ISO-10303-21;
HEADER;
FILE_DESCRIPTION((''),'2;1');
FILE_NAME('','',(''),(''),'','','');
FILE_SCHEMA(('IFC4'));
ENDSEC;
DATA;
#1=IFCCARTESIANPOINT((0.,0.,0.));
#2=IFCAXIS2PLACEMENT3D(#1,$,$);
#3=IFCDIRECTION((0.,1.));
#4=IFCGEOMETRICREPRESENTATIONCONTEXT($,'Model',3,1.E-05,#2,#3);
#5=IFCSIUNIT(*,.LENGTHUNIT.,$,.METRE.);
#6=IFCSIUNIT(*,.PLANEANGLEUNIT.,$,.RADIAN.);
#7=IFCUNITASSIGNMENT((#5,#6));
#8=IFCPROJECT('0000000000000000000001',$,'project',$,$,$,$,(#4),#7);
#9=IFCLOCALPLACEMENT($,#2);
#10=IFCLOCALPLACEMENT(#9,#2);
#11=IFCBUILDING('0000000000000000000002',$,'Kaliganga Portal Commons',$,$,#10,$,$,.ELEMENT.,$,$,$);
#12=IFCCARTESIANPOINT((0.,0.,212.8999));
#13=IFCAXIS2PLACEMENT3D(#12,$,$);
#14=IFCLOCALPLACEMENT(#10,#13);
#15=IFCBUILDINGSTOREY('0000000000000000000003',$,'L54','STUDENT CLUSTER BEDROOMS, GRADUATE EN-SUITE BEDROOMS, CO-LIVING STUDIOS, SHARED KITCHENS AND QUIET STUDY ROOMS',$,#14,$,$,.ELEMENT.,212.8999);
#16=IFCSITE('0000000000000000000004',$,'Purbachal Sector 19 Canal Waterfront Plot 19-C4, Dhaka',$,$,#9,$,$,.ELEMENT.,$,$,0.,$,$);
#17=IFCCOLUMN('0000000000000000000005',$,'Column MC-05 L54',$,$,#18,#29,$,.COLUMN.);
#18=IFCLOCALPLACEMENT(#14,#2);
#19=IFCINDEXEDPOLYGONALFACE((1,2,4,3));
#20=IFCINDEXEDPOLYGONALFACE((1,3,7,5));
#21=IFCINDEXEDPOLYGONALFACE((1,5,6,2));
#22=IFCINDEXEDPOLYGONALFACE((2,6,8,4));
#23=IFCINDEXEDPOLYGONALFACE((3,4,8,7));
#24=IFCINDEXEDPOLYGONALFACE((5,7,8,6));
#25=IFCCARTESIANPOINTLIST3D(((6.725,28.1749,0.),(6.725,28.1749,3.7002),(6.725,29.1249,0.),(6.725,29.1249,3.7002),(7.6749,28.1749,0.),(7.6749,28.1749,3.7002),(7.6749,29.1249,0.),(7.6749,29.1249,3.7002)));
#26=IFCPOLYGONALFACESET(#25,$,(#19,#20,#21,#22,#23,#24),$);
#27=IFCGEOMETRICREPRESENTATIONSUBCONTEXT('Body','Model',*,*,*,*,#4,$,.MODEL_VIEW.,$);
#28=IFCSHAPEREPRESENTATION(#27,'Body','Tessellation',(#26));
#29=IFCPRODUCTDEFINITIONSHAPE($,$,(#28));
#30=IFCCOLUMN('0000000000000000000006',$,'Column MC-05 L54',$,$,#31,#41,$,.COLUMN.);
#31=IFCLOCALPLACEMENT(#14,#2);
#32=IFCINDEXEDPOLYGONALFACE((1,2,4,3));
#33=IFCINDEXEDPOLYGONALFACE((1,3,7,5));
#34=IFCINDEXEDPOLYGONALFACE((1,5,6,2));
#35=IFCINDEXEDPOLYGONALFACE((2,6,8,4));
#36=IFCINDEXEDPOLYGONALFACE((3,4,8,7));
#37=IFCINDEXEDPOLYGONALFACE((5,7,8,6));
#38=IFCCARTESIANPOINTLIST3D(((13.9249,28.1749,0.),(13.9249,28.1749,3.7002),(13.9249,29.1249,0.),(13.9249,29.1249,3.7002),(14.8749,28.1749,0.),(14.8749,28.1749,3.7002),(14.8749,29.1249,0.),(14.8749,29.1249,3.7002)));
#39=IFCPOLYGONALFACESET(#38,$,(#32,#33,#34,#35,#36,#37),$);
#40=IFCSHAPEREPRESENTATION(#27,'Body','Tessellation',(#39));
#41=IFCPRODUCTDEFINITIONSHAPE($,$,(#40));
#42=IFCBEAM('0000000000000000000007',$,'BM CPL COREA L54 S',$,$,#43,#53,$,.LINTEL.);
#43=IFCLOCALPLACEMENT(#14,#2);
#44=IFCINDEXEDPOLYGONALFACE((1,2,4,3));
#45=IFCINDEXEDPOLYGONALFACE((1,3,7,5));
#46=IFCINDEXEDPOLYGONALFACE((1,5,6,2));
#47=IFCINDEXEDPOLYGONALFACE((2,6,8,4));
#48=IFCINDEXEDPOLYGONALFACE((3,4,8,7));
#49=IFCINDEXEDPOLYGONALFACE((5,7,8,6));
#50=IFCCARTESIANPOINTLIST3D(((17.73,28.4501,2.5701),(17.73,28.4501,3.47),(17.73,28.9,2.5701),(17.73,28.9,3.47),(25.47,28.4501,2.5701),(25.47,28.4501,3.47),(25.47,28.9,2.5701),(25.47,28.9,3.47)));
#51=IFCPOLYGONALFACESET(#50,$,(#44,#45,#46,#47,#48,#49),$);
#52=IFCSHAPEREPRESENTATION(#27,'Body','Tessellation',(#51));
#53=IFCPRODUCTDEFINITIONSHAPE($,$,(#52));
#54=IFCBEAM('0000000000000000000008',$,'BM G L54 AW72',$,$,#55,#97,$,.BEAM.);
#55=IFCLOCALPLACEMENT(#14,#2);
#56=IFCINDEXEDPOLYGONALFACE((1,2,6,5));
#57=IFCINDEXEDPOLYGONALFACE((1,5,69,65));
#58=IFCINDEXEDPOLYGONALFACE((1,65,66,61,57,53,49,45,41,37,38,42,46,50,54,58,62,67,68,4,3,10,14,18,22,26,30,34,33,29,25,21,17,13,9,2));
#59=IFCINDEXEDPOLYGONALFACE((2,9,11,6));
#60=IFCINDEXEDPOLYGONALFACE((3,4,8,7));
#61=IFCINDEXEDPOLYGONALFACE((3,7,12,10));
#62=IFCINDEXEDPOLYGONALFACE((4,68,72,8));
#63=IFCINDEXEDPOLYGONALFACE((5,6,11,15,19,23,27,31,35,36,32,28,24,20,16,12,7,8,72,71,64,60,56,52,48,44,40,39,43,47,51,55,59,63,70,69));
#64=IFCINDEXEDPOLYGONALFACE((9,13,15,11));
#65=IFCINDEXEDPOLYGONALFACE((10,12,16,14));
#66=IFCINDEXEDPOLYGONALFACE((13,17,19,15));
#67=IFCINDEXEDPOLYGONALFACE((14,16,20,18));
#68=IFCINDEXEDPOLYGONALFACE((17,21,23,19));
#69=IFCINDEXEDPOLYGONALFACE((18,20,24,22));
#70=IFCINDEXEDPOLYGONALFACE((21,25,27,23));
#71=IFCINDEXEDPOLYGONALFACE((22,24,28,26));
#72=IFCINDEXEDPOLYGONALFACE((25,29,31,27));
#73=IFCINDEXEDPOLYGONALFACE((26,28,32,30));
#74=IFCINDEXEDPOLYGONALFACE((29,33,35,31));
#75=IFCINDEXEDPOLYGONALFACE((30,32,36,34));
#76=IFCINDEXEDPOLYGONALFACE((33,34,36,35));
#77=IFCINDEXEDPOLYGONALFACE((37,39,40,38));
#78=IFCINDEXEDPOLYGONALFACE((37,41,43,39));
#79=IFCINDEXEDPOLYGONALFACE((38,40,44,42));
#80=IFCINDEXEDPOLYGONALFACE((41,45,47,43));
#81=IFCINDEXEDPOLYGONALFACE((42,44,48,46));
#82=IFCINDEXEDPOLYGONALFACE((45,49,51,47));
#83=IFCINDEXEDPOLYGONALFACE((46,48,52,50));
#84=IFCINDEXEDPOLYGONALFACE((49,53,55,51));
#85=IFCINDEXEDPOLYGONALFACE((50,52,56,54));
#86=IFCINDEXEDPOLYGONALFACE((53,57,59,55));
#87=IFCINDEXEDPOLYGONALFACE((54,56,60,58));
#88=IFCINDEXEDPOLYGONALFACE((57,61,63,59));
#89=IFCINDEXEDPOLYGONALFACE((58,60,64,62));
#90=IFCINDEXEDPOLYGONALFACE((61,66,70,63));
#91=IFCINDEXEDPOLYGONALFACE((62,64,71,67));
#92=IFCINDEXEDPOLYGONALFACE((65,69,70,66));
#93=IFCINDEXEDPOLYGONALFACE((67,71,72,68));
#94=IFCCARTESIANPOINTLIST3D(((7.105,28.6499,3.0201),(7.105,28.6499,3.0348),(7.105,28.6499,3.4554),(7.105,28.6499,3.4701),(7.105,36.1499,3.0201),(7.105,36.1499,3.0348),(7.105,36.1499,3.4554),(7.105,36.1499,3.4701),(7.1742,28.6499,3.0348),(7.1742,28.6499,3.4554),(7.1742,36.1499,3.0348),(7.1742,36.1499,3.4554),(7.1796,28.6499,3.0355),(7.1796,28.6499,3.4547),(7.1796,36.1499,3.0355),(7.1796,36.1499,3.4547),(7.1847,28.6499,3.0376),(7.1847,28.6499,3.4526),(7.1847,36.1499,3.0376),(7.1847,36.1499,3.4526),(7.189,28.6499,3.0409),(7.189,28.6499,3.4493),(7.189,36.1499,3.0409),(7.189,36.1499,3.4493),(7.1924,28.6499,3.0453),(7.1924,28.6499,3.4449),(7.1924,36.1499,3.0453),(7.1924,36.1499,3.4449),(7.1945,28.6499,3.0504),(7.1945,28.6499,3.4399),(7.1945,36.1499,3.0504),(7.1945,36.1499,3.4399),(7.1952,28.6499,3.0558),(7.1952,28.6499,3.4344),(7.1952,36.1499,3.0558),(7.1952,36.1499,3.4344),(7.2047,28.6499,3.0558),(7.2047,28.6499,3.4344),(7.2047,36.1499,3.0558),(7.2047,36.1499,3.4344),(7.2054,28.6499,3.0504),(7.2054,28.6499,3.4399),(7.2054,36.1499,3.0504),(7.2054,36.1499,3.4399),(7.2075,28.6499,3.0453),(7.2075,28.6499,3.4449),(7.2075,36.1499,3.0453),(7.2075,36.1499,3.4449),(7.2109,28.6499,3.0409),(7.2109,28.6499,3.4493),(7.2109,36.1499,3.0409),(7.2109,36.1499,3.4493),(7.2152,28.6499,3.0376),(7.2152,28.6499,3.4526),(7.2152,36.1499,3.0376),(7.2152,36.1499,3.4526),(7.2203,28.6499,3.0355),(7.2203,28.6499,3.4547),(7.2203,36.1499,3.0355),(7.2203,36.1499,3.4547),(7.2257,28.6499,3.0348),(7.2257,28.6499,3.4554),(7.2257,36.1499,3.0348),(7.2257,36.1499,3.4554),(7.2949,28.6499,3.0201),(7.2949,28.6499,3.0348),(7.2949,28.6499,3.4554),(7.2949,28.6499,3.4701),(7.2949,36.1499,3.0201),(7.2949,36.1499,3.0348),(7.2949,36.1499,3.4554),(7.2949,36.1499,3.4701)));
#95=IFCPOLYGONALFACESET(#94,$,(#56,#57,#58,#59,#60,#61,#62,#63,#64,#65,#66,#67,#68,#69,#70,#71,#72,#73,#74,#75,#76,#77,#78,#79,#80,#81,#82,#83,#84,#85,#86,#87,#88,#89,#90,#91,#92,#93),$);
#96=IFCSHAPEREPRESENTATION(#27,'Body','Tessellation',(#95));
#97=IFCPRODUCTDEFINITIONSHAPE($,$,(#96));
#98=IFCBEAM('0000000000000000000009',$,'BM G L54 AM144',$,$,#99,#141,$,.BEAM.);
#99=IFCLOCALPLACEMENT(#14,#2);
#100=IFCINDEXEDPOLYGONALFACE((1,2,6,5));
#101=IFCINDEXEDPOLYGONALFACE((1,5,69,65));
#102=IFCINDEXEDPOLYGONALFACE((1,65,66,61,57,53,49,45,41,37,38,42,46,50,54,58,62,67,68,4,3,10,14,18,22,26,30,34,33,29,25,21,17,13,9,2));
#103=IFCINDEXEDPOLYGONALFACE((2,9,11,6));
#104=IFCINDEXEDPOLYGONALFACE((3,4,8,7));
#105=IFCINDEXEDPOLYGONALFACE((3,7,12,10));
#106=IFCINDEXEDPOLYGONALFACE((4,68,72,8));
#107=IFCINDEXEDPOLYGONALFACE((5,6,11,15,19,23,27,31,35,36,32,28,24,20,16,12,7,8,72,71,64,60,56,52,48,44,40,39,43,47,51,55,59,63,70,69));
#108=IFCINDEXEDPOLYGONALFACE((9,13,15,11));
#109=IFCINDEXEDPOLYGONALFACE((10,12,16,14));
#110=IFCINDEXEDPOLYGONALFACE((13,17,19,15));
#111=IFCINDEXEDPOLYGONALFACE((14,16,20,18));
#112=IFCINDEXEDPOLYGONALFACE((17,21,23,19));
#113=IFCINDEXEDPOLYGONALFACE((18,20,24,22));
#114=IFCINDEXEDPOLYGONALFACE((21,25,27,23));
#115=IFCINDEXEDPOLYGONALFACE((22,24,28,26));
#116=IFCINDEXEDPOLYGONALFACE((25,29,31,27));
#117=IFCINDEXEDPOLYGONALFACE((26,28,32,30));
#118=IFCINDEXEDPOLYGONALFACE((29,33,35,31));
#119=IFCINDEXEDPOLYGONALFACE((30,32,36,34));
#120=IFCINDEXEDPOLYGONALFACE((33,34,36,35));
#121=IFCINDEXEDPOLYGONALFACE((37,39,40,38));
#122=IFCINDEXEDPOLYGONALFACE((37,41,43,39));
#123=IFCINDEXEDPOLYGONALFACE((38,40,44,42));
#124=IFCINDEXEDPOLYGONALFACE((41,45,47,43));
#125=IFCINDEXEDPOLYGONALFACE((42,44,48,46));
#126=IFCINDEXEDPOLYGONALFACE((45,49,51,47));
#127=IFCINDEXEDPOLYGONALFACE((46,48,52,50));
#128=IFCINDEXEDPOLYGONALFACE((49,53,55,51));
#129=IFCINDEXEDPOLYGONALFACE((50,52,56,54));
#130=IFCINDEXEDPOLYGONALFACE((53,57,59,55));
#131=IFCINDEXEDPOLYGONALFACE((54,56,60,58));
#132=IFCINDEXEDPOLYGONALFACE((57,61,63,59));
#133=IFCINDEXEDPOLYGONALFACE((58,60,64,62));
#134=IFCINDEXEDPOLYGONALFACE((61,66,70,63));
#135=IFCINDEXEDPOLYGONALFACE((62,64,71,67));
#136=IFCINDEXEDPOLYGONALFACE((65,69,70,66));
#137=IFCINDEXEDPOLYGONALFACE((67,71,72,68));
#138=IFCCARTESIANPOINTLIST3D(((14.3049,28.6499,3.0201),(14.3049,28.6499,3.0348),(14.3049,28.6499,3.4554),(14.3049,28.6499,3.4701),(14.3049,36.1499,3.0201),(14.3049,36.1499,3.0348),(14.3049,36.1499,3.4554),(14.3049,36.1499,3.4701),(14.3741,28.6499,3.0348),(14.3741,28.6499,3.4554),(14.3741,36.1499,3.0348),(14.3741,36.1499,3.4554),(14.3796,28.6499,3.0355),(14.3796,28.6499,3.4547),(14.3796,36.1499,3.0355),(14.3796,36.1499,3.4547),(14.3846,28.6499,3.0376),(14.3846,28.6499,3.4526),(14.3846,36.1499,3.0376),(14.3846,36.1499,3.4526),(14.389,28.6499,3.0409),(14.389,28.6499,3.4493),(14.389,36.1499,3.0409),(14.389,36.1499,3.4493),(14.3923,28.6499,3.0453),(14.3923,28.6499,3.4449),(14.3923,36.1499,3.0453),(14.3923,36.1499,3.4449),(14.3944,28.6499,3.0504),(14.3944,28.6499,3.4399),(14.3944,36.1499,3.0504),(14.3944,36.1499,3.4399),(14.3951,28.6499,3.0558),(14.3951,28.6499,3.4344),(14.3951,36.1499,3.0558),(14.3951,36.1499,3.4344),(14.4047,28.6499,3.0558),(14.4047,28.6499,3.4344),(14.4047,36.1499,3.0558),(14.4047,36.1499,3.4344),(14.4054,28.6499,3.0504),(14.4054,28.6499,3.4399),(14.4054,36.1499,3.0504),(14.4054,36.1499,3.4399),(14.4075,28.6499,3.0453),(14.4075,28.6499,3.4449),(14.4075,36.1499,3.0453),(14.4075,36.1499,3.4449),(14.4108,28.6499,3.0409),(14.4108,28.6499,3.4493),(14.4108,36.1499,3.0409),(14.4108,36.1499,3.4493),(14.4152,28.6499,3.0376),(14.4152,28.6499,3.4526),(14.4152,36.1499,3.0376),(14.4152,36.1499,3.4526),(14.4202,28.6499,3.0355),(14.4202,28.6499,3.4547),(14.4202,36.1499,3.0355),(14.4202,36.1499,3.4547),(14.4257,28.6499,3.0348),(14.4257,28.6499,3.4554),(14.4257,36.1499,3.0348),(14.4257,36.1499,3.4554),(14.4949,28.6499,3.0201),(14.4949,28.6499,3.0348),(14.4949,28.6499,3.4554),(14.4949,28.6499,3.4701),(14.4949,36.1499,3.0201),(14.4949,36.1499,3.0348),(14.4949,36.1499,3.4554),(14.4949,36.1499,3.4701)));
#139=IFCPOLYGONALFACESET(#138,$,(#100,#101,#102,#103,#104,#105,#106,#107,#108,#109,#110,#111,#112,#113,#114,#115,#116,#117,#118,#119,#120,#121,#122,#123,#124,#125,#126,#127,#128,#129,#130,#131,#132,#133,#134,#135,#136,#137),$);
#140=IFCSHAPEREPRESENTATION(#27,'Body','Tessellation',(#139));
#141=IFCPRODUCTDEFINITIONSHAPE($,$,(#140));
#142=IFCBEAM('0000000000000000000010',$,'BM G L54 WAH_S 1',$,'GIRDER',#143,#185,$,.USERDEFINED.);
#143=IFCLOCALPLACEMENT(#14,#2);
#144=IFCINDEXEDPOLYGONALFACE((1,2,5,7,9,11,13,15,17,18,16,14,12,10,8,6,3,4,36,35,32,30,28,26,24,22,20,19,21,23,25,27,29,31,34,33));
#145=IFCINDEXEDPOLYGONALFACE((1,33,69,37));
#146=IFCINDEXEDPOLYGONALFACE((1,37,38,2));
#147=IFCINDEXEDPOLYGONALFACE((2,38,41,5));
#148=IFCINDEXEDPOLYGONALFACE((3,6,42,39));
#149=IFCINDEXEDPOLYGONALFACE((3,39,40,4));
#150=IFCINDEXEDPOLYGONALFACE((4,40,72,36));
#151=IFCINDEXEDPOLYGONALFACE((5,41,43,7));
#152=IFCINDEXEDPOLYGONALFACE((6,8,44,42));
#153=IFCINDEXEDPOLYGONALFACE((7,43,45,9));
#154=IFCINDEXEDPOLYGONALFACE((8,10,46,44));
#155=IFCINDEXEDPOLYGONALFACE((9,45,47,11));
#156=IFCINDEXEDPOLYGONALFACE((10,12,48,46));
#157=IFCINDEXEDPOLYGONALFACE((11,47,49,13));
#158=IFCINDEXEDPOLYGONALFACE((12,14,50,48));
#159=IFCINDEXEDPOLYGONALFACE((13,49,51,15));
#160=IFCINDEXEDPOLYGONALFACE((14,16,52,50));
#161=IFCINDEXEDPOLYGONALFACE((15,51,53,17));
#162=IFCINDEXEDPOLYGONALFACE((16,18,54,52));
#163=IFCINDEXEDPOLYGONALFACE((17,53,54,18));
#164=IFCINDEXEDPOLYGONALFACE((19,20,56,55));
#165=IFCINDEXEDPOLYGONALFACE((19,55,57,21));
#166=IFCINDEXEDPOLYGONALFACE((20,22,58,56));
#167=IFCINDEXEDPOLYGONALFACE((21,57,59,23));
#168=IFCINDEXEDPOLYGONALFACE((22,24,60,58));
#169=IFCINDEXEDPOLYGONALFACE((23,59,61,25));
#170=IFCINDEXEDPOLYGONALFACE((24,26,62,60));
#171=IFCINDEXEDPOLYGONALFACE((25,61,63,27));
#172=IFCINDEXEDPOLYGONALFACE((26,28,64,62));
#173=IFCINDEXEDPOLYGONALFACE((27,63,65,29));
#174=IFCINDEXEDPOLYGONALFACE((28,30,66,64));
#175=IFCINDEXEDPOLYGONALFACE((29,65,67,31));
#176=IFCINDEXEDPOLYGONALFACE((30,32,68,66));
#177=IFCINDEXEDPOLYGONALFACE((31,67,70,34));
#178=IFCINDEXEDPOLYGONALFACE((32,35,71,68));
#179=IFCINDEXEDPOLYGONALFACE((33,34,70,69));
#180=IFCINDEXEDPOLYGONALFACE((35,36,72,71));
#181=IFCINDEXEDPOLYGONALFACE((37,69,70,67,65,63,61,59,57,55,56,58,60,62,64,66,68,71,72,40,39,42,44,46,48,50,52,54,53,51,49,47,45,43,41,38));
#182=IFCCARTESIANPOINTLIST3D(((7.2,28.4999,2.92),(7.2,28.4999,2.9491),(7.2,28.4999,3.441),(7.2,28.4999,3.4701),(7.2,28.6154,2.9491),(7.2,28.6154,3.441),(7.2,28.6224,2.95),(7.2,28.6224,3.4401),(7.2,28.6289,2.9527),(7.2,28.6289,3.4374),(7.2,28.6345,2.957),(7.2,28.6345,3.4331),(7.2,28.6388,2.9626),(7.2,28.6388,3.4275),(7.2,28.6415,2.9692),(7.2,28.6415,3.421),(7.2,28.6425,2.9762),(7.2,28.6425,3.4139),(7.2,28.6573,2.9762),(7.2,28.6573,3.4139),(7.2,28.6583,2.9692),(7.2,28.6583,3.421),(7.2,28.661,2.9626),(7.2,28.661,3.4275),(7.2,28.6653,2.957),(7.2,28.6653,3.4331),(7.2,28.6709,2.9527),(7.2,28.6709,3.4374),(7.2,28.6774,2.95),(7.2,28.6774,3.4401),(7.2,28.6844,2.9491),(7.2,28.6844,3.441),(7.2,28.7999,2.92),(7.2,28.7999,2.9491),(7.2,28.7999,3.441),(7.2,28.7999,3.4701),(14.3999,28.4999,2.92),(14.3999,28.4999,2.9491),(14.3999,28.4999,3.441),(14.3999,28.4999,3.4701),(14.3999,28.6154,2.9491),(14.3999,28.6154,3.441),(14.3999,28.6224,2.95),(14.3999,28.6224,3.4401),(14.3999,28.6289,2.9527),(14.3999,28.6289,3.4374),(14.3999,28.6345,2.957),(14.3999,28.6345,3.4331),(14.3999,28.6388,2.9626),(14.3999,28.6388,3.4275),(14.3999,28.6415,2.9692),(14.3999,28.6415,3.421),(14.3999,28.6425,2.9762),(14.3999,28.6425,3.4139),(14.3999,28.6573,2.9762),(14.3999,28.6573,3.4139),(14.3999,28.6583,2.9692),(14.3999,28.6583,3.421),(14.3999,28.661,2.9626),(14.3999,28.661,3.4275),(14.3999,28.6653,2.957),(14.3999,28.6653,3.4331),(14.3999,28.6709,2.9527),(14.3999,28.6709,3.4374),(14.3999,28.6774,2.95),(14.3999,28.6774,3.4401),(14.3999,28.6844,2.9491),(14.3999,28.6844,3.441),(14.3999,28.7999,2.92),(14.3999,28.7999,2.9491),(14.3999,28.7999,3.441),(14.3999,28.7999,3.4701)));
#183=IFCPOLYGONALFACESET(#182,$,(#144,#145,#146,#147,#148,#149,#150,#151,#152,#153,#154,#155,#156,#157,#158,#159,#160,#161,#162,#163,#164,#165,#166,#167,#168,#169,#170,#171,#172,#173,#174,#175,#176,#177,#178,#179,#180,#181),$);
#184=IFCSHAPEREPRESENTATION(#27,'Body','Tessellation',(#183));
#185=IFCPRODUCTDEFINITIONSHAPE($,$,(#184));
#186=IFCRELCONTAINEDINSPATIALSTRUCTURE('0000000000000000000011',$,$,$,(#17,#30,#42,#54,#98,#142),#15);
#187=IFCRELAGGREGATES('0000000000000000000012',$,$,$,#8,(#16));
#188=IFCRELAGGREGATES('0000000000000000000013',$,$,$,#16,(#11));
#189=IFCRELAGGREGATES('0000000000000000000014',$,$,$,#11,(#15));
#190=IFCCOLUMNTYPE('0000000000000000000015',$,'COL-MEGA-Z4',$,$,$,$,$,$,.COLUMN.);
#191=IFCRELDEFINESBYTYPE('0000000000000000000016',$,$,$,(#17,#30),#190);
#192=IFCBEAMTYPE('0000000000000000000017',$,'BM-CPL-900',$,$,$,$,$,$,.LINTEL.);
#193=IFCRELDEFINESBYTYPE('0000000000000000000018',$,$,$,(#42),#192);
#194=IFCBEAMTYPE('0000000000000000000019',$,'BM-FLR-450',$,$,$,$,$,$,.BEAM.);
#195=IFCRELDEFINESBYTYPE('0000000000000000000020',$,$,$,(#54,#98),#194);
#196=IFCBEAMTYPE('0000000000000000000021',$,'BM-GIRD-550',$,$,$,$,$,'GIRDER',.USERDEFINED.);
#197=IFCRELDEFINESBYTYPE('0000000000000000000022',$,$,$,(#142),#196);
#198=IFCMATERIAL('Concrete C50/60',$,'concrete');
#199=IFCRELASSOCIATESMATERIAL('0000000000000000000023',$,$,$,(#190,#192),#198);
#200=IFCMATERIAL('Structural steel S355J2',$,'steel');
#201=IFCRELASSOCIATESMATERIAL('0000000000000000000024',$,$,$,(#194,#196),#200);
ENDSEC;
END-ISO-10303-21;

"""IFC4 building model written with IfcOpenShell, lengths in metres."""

from ifc_helpers import new_model, si_unit, direction, frame, origin, origin_2d, place, context, subcontext, project, spatial, rectangle, i_section, extrude, source, transform, mapped, material, material_profile, profile_set, type_object, element, save


model = new_model("IFC4")

# Units and contexts
model_context = context("Model", 3, precision=1e-05, world=origin(), true_north=direction((0.0, 1.0)))
body_context = subcontext(model_context, "Body", "Model", "MODEL_VIEW")
ifc_project = project(units=[si_unit("LENGTHUNIT", "METRE"), si_unit("PLANEANGLEUNIT", "RADIAN")], contexts=[model_context])

# Site, building, storey
site_placement = place(None, origin())
site = spatial("IfcSite", under=ifc_project, at=site_placement, Name="Purbachal Sector 19 Canal Waterfront Plot 19-C4, Dhaka", CompositionType="ELEMENT", RefElevation=0.0)
building_placement = place(site_placement, origin())
building = spatial("IfcBuilding", under=site, at=building_placement, Name="Kaliganga Portal Commons", CompositionType="ELEMENT")
storey_placement = place(building_placement, frame((0.0, 0.0, 212.8999)))
storey = spatial("IfcBuildingStorey", under=building, at=storey_placement, Name="L54", Description="STUDENT CLUSTER BEDROOMS, GRADUATE EN-SUITE BEDROOMS, CO-LIVING STUDIOS, SHARED KITCHENS AND QUIET STUDY ROOMS", CompositionType="ELEMENT", Elevation=212.8999)

# Columns
ifc_material_1 = material(Name="Concrete C50/60", Category="concrete")
ifc_material_profile_1 = material_profile(ifc_material_1, rectangle(XDim=0.95, YDim=0.95, at=origin_2d()), Name="RC 950x950")
ifc_profile_set_1 = profile_set([ifc_material_profile_1], Name="Concrete C50/60")
column_type = type_object("IfcColumnType", Name="COL-MEGA-Z4", PredefinedType="COLUMN", material=ifc_profile_set_1)
shared_shape_1 = source(origin(), body_context, "Body", "SweptSolid", [
    extrude(rectangle(XDim=0.95, YDim=0.95, at=origin_2d()), origin(), (0.0, 0.0, 1.0), 3.7002),
])
for number, where, z_axis, x_axis, name in (
    (1, (7.2, 28.6499, 0.0), (0.0, 0.0, 1.0), (1.0, 0.0, 0.0), "Column MC-05 L54"),
    (2, (14.3999, 28.6499, 0.0), (0.0, 0.0, 1.0), (1.0, 0.0, 0.0), "Column MC-05 L54"),
):
    element("IfcColumn", number, at=place(storey_placement, frame(where, z_axis=z_axis, x_axis=x_axis)), inside=storey, type_object=column_type, Name=name, PredefinedType="COLUMN", context=body_context, shape_type="MappedRepresentation", body=[
        mapped(shared_shape_1, transform((0.0, 0.0, 0.0), x_axis=(1.0, 0.0, 0.0), y_axis=(0.0, 1.0, 0.0), z_axis=(0.0, 0.0, 1.0), scale=1.0)),
    ])

# Beams
ifc_material_profile_2 = material_profile(ifc_material_1, rectangle(XDim=0.45, YDim=0.8999, at=origin_2d()), Name="RC 450x900")
ifc_profile_set_2 = profile_set([ifc_material_profile_2], Name="Concrete C50/60")
beam_type_1 = type_object("IfcBeamType", Name="BM-CPL-900", PredefinedType="LINTEL", material=ifc_profile_set_2)
shared_shape_2 = source(origin(), body_context, "Body", "SweptSolid", [
    extrude(rectangle(XDim=0.45, YDim=0.8999, at=origin_2d()), origin(), (0.0, 0.0, 1.0), 7.74),
])
beam_1_placement = place(storey_placement, frame((17.73, 28.675, 3.02), z_axis=(1.0, 0.0, 0.0), x_axis=(0.0, 1.0, 0.0)))
element("IfcBeam", 3, at=beam_1_placement, inside=storey, type_object=beam_type_1, Name="BM CPL COREA L54 S", PredefinedType="LINTEL", context=body_context, shape_type="MappedRepresentation", body=[
    mapped(shared_shape_2, transform((0.0, 0.0, 0.0), x_axis=(1.0, 0.0, 0.0), y_axis=(0.0, 1.0, 0.0), z_axis=(0.0, 0.0, 1.0), scale=1.0)),
])
ifc_material_2 = material(Name="Structural steel S355J2", Category="steel")
ifc_material_profile_3 = material_profile(ifc_material_2, i_section(OverallWidth=0.1899, OverallDepth=0.45, WebThickness=0.0095, FlangeThickness=0.0146, FilletRadius=0.021, at=origin_2d()), Name="IPE 450")
ifc_profile_set_3 = profile_set([ifc_material_profile_3], Name="Structural steel S355J2 wide-flange")
beam_type_2 = type_object("IfcBeamType", Name="BM-FLR-450", PredefinedType="BEAM", material=ifc_profile_set_3)
shared_shape_3 = source(origin(), body_context, "Body", "SweptSolid", [
    extrude(i_section(OverallWidth=0.1899, OverallDepth=0.45, WebThickness=0.0095, FlangeThickness=0.0146, FilletRadius=0.021, at=origin_2d()), origin(), (0.0, 0.0, 1.0), 7.5),
])
for number, where, z_axis, x_axis, name in (
    (4, (7.2, 28.6499, 3.2451), (0.0, 1.0, 0.0), (-1.0, 0.0, 0.0), "BM G L54 AW72"),
    (5, (14.3999, 28.6499, 3.2451), (0.0, 1.0, 0.0), (-1.0, 0.0, 0.0), "BM G L54 AM144"),
):
    element("IfcBeam", number, at=place(storey_placement, frame(where, z_axis=z_axis, x_axis=x_axis)), inside=storey, type_object=beam_type_2, Name=name, PredefinedType="BEAM", context=body_context, shape_type="MappedRepresentation", body=[
        mapped(shared_shape_3, transform((0.0, 0.0, 0.0), x_axis=(1.0, 0.0, 0.0), y_axis=(0.0, 1.0, 0.0), z_axis=(0.0, 0.0, 1.0), scale=1.0)),
    ])
ifc_material_profile_4 = material_profile(ifc_material_2, i_section(OverallWidth=0.3, OverallDepth=0.55, WebThickness=0.0149, FlangeThickness=0.0291, FilletRadius=0.0271, at=origin_2d()), Name="HE 550 B")
ifc_profile_set_4 = profile_set([ifc_material_profile_4], Name="Structural steel S355J2 wide-flange")
beam_type_3 = type_object("IfcBeamType", Name="BM-GIRD-550", ElementType="GIRDER", PredefinedType="USERDEFINED", material=ifc_profile_set_4)
shared_shape_4 = source(origin(), body_context, "Body", "SweptSolid", [
    extrude(i_section(OverallWidth=0.3, OverallDepth=0.55, WebThickness=0.0149, FlangeThickness=0.0291, FilletRadius=0.0271, at=origin_2d()), origin(), (0.0, 0.0, 1.0), 7.2),
])
beam_2_placement = place(storey_placement, frame((7.2, 28.6499, 3.1951), z_axis=(1.0, 0.0, 0.0), x_axis=(0.0, 1.0, 0.0)))
element("IfcBeam", 6, at=beam_2_placement, inside=storey, type_object=beam_type_3, Name="BM G L54 WAH_S 1", ObjectType="GIRDER", PredefinedType="USERDEFINED", context=body_context, shape_type="MappedRepresentation", body=[
    mapped(shared_shape_4, transform((0.0, 0.0, 0.0), x_axis=(1.0, 0.0, 0.0), y_axis=(0.0, 1.0, 0.0), z_axis=(0.0, 0.0, 1.0), scale=1.0)),
])

save(model, "model.ifc")
